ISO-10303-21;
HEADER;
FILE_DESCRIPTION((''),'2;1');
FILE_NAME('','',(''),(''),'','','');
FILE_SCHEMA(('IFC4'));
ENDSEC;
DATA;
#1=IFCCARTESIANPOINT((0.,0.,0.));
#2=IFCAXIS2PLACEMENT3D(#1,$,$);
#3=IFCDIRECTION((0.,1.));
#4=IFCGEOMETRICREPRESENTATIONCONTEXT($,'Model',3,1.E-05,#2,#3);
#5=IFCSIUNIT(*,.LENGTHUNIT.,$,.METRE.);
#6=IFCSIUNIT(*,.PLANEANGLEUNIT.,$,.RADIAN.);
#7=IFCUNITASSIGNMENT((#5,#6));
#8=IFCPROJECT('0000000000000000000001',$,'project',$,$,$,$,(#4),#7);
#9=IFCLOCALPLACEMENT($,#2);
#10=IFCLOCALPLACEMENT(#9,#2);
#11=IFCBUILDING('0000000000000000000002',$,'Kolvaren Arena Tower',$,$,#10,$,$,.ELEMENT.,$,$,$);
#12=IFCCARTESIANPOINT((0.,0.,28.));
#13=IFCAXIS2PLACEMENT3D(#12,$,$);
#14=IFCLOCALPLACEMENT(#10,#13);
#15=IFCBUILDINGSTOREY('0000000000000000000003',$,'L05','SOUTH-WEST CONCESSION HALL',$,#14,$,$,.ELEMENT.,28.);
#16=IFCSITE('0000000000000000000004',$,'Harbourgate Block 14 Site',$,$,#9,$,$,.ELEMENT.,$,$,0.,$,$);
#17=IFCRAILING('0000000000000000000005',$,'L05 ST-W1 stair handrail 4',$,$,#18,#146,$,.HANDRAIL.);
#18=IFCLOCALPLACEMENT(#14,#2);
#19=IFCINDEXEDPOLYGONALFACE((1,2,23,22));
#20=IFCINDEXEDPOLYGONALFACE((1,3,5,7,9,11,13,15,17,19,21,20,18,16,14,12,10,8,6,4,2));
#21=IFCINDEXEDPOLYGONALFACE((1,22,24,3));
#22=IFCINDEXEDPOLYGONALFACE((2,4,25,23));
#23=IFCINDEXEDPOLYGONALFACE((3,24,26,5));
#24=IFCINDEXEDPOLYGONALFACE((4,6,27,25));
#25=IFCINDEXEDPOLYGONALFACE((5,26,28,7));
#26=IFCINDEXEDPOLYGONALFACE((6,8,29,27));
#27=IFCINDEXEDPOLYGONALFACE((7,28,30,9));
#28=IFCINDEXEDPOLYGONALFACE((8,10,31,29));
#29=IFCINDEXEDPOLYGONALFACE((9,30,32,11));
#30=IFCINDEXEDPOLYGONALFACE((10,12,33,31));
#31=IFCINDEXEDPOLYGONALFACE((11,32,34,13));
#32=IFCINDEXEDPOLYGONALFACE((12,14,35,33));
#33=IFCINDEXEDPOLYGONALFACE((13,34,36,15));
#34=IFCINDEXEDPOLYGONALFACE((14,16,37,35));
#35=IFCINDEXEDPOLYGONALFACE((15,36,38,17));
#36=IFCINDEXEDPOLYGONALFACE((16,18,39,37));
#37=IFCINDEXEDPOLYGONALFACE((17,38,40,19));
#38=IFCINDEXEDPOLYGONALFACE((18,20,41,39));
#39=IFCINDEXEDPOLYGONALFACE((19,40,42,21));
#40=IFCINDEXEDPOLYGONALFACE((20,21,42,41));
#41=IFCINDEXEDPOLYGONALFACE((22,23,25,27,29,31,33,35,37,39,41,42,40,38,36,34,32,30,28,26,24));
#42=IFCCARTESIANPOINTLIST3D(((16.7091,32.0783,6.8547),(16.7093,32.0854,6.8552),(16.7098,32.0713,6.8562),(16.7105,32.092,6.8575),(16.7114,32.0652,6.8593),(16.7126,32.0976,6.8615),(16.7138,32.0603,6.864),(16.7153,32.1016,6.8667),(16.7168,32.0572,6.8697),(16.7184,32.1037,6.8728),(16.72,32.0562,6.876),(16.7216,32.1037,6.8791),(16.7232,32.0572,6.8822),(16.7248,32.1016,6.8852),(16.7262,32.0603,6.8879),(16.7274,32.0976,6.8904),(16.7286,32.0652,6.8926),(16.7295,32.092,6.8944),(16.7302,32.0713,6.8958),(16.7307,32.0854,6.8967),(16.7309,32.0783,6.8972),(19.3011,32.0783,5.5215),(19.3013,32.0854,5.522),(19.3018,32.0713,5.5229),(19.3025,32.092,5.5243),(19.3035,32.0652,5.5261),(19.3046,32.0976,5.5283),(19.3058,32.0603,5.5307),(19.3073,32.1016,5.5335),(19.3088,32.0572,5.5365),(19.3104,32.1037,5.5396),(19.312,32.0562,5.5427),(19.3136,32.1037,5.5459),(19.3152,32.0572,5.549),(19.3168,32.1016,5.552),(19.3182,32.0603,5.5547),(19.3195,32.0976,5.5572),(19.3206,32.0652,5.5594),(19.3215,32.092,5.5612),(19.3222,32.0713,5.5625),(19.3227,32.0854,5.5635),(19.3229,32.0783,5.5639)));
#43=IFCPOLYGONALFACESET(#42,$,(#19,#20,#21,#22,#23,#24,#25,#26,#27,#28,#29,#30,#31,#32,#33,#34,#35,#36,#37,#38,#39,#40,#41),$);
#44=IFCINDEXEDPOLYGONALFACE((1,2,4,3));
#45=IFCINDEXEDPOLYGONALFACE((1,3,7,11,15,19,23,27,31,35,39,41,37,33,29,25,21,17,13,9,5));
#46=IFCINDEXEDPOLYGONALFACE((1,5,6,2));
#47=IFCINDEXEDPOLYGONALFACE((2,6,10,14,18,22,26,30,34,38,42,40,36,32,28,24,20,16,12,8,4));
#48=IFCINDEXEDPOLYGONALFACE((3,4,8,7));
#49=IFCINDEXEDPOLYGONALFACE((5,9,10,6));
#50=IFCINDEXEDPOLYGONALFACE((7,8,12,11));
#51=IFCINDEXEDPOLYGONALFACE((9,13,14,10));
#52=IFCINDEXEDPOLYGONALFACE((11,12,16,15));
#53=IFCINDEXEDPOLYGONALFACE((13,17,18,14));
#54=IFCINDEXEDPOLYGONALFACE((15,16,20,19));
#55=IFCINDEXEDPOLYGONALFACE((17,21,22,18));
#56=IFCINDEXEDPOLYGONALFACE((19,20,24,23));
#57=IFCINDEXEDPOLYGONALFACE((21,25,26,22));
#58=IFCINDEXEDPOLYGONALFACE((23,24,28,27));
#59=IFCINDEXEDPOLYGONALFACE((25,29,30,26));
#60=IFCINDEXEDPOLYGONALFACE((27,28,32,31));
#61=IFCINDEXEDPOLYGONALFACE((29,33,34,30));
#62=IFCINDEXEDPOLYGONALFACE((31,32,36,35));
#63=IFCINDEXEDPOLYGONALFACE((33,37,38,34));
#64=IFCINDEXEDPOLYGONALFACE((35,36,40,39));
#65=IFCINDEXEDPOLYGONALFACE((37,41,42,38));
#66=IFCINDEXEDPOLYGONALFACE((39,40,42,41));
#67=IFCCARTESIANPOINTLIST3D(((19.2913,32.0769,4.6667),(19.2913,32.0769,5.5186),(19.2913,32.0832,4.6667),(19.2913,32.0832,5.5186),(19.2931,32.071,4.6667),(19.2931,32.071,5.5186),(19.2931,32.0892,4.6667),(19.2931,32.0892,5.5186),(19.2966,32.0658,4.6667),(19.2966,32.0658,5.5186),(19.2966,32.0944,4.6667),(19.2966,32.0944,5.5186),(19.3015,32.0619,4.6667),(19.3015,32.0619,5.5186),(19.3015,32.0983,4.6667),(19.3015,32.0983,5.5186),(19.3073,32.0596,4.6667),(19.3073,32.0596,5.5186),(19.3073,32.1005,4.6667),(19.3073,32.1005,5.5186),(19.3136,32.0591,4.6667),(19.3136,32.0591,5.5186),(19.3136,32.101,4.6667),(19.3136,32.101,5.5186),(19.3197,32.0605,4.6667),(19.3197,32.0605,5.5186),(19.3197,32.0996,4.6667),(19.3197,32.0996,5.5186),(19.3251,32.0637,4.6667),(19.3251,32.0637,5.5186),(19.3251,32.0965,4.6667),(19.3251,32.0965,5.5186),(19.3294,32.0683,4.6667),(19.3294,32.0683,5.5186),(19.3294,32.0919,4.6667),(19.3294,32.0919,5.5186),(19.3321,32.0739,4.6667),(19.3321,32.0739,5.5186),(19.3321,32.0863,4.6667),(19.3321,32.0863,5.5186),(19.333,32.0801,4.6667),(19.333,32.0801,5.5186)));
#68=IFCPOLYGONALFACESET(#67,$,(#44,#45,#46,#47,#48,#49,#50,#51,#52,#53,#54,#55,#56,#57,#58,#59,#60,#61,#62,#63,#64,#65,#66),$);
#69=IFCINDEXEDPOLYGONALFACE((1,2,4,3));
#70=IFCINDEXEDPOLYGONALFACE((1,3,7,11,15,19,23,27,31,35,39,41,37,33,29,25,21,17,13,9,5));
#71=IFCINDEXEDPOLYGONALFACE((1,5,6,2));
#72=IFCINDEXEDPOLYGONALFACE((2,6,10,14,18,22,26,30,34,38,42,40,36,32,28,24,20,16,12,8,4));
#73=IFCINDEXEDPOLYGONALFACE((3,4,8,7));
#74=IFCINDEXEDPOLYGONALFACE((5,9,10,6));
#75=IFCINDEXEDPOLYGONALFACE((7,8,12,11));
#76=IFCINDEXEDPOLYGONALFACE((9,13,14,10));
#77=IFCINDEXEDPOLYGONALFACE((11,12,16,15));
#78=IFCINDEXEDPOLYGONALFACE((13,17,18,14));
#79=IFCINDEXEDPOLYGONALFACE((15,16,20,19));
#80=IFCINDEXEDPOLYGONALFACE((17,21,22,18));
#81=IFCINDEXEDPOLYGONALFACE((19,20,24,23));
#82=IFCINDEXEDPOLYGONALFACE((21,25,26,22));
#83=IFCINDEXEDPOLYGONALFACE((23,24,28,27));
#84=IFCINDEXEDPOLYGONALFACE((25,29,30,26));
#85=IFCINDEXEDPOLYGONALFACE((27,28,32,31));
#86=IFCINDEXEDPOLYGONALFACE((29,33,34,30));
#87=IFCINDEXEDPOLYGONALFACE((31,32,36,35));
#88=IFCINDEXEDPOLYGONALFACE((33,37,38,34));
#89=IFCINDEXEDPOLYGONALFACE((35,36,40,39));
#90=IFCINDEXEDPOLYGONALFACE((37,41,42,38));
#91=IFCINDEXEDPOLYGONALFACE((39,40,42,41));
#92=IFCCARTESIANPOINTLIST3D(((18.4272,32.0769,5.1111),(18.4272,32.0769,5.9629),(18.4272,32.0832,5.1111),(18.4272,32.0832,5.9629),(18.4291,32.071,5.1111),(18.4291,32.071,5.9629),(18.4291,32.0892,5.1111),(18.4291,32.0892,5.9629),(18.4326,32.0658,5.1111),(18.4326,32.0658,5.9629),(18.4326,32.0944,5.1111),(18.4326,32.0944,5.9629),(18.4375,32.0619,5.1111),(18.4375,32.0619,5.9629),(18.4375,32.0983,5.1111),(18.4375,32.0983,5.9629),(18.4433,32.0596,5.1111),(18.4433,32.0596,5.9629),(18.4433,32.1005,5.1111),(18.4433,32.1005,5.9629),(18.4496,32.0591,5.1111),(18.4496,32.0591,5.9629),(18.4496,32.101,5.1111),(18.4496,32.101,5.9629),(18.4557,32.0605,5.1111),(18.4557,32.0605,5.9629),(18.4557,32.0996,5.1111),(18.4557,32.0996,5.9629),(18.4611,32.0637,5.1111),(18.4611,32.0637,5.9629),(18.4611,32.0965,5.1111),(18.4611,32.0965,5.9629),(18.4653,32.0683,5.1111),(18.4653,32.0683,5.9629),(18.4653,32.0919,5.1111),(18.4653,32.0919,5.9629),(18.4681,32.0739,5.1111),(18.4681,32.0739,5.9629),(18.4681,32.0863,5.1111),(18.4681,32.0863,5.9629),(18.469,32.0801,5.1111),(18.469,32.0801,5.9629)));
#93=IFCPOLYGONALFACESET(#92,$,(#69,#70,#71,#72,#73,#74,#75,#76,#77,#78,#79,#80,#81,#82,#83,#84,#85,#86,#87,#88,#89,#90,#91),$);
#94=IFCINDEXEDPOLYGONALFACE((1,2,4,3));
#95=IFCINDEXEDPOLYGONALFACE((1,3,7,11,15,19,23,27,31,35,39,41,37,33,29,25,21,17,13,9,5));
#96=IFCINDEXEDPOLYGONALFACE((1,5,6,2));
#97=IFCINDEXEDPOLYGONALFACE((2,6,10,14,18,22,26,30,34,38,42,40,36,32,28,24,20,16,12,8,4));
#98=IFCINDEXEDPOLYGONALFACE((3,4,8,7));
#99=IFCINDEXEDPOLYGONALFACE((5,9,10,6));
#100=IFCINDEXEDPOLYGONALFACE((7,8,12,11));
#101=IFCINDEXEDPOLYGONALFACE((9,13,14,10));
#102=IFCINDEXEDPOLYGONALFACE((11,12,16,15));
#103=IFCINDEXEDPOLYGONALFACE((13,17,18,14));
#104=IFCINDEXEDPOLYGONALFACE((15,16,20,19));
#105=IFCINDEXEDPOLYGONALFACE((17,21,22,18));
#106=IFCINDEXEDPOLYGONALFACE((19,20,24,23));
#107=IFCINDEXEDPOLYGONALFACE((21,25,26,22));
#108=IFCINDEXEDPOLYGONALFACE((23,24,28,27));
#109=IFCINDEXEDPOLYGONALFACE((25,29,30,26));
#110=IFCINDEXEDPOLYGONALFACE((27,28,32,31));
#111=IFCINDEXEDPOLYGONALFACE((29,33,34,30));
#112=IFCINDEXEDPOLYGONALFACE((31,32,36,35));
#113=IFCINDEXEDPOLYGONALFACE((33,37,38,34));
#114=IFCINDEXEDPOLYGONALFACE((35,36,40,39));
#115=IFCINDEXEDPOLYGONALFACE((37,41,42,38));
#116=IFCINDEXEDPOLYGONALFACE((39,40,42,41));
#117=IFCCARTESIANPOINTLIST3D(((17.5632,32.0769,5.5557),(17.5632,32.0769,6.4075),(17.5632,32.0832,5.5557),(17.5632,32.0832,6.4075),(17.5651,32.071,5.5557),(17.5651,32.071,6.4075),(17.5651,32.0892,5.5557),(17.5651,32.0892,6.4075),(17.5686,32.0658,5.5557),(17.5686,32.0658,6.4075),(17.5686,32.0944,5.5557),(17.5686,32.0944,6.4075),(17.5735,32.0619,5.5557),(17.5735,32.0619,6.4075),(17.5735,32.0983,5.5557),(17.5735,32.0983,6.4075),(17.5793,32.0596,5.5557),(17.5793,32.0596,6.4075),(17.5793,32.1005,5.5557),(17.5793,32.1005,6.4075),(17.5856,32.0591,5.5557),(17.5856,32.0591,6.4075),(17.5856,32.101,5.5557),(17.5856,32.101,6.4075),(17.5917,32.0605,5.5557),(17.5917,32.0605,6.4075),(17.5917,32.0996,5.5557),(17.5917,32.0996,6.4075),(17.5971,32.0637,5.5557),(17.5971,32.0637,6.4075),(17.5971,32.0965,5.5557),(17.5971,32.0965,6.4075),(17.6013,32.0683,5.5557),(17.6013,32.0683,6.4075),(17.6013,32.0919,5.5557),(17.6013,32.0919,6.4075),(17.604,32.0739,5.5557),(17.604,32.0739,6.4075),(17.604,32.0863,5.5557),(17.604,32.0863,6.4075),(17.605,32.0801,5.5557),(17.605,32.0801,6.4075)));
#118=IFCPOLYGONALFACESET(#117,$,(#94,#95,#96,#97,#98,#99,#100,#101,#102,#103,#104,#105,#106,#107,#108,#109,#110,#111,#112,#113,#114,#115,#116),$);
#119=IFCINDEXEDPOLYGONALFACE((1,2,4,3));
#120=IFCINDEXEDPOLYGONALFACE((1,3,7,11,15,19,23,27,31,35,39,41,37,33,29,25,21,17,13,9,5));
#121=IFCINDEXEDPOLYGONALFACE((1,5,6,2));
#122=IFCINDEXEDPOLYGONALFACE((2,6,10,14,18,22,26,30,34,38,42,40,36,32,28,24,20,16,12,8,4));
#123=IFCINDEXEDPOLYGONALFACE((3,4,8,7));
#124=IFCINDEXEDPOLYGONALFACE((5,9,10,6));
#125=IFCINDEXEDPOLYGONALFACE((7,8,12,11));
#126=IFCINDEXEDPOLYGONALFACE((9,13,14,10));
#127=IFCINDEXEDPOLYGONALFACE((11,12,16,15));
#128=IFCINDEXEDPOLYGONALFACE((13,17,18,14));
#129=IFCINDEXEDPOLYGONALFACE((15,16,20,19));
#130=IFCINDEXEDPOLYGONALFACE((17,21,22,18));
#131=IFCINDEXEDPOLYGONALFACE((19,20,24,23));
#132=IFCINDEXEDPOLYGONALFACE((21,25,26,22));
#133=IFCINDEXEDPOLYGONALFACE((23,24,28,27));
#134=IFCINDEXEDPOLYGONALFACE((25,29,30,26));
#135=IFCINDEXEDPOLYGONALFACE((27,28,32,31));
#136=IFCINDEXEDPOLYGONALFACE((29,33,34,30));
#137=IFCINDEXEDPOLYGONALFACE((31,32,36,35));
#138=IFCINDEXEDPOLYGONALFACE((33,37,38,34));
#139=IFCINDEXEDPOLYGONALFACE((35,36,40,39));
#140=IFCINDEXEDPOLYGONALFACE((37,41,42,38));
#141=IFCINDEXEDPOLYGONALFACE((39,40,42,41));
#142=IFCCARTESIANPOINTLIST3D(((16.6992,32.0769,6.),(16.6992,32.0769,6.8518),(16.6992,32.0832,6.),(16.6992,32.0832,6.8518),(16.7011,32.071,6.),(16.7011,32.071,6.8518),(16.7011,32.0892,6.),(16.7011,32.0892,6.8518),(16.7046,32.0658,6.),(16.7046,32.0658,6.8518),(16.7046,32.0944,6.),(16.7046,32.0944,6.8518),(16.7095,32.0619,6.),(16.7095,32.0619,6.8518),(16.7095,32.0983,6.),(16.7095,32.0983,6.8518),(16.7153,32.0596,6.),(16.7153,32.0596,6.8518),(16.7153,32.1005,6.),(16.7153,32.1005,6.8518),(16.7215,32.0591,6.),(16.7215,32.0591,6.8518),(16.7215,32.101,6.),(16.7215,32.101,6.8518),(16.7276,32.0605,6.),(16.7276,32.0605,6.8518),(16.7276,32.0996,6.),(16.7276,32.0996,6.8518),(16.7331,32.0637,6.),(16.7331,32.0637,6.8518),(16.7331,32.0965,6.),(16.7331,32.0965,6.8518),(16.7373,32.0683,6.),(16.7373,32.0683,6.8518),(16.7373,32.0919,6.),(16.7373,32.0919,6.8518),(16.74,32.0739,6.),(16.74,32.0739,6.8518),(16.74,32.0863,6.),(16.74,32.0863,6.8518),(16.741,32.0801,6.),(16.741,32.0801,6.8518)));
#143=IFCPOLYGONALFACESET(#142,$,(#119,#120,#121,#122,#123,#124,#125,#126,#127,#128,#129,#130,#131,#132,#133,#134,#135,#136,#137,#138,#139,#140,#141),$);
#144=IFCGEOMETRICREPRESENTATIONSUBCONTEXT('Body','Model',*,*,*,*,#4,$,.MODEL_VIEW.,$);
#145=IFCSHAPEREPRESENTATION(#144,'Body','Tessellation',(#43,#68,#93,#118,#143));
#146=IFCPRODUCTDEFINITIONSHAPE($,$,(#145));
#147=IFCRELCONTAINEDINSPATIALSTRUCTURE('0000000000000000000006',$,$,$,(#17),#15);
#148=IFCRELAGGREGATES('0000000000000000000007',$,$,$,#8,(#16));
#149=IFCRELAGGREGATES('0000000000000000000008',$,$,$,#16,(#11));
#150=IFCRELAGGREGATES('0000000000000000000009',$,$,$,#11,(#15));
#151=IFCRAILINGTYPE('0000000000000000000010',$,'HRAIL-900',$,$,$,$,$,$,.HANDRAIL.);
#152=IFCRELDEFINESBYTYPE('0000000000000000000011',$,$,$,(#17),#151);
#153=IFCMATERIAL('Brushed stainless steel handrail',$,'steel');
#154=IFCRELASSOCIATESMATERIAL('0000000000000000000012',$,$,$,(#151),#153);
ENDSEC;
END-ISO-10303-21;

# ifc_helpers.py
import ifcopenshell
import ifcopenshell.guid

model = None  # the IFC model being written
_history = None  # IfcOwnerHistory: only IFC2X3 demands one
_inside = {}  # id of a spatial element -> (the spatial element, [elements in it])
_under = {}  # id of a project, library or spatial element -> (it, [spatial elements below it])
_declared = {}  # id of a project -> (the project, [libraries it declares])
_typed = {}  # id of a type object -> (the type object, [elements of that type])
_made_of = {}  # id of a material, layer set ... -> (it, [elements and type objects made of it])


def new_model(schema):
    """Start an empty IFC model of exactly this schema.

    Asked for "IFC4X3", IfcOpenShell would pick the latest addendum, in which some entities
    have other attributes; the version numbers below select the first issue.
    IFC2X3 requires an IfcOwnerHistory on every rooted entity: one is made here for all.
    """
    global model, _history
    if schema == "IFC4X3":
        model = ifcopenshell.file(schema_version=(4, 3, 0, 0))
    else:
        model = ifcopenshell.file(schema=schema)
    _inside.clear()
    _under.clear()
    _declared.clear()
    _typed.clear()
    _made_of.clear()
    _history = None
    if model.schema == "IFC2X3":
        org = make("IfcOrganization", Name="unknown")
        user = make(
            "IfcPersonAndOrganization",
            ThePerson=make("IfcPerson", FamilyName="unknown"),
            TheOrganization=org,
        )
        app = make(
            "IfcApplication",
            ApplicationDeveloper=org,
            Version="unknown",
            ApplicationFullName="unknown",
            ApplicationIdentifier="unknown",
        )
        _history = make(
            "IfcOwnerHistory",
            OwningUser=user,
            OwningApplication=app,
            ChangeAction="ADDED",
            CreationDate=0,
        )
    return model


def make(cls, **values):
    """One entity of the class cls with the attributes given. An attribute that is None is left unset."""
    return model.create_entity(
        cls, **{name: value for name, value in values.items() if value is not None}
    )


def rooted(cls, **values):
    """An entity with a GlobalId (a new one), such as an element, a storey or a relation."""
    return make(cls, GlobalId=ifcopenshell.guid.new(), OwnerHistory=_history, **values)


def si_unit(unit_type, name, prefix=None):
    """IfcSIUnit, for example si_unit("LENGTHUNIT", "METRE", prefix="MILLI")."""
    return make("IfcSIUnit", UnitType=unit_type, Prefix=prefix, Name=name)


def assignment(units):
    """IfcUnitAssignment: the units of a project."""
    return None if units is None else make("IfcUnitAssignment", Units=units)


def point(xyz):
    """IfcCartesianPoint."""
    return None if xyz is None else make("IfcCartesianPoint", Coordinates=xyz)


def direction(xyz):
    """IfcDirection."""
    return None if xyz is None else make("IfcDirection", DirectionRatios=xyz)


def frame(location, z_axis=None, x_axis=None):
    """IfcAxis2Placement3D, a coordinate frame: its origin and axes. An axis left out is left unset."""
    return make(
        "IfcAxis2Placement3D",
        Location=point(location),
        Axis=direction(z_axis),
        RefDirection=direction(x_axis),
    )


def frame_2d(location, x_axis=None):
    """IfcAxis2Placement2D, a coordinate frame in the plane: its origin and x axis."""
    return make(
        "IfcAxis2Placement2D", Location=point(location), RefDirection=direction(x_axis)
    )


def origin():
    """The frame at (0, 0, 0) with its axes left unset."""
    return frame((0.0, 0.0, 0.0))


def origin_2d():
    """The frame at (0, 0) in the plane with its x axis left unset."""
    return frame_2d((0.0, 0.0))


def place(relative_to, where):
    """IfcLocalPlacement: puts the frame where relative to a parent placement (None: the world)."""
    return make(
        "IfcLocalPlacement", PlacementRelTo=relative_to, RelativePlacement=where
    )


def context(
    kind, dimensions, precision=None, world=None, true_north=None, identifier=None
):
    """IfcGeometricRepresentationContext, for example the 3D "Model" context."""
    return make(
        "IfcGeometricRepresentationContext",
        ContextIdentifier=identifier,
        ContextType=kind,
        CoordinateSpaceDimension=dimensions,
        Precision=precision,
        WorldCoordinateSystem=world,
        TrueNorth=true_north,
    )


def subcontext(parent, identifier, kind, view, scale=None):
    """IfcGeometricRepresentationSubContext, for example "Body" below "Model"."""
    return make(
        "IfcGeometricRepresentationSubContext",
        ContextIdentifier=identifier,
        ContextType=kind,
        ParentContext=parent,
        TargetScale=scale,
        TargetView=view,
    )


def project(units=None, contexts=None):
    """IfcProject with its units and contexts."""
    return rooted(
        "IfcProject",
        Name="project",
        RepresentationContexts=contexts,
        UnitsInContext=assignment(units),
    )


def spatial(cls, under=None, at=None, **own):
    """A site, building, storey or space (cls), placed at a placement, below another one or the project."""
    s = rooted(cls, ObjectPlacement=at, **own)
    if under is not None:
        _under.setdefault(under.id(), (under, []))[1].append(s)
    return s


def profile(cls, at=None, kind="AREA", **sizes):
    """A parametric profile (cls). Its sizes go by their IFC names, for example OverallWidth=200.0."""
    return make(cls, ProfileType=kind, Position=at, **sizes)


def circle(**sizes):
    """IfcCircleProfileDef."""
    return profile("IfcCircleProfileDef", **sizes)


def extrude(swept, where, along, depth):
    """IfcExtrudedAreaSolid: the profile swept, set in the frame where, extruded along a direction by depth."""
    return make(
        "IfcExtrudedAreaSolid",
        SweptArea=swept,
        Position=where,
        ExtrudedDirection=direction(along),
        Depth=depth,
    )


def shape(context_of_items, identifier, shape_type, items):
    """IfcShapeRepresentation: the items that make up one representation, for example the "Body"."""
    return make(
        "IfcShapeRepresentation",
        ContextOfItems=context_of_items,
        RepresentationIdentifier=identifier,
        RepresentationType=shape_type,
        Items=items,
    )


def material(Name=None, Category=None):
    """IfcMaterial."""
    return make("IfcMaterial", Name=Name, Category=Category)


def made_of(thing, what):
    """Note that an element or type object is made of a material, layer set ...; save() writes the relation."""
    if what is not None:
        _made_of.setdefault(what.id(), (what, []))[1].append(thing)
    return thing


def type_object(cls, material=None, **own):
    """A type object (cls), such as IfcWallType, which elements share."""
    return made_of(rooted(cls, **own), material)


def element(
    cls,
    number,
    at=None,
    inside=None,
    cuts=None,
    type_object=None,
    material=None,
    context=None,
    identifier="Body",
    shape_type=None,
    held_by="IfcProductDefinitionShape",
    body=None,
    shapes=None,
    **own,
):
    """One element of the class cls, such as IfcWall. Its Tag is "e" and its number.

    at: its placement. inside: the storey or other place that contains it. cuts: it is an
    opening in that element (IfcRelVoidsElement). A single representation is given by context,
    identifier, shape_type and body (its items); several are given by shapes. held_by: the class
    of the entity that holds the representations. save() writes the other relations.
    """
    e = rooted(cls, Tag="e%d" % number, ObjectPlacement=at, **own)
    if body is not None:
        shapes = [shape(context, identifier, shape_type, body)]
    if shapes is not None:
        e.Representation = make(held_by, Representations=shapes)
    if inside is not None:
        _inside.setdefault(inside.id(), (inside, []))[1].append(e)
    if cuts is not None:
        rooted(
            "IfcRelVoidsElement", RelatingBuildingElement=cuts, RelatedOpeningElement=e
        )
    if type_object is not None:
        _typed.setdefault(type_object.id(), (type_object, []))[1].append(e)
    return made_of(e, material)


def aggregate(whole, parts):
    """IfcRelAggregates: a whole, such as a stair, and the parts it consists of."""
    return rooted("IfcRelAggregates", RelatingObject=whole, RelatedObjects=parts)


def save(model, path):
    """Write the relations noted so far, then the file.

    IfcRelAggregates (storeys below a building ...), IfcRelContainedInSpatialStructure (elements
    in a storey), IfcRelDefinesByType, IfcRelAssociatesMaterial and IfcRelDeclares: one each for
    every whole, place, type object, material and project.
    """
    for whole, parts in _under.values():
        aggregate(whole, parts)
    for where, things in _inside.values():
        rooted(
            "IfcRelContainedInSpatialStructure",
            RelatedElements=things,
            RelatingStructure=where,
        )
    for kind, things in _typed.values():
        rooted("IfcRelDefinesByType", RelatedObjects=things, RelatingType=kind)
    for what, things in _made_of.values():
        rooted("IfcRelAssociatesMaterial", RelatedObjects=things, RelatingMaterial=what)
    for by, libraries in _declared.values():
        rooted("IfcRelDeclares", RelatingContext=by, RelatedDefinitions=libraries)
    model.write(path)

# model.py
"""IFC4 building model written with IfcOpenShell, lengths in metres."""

from ifc_helpers import new_model, si_unit, direction, frame, origin, origin_2d, place, context, subcontext, project, spatial, circle, extrude, material, type_object, element, save


model = new_model("IFC4")

# Units and contexts
model_context = context("Model", 3, precision=1e-05, world=origin(), true_north=direction((0.0, 1.0)))
body_context = subcontext(model_context, "Body", "Model", "MODEL_VIEW")
ifc_project = project(units=[si_unit("LENGTHUNIT", "METRE"), si_unit("PLANEANGLEUNIT", "RADIAN")], contexts=[model_context])

# Site, building, storey
site_placement = place(None, origin())
site = spatial("IfcSite", under=ifc_project, at=site_placement, Name="Harbourgate Block 14 Site", CompositionType="ELEMENT", RefElevation=0.0)
building_placement = place(site_placement, origin())
building = spatial("IfcBuilding", under=site, at=building_placement, Name="Kolvaren Arena Tower", CompositionType="ELEMENT")
storey_placement = place(building_placement, frame((0.0, 0.0, 28.0)))
storey = spatial("IfcBuildingStorey", under=building, at=storey_placement, Name="L05", Description="SOUTH-WEST CONCESSION HALL", CompositionType="ELEMENT", Elevation=28.0)

# Railing
ifc_material_1 = material(Name="Brushed stainless steel handrail", Category="steel")
railing_type_1 = type_object("IfcRailingType", Name="HRAIL-900", PredefinedType="HANDRAIL", material=ifc_material_1)
railing_1_placement = place(storey_placement, frame((19.312, 32.0801, 4.6667)))
element("IfcRailing", 1, at=railing_1_placement, inside=storey, type_object=railing_type_1, Name="L05 ST-W1 stair handrail 4", PredefinedType="HANDRAIL", context=body_context, shape_type="SweptSolid", body=[
    extrude(circle(Radius=0.0239, at=origin_2d()), frame((0.0, 0.0, 0.876), z_axis=(-0.88926, 0.0, 0.457403), x_axis=(0.0, -1.0, 0.0)), (0.0, 0.0, 1.0), 2.9148),
    extrude(circle(Radius=0.021, at=origin_2d()), origin(), (0.0, 0.0, 1.0), 0.8518),
    extrude(circle(Radius=0.021, at=origin_2d()), frame((-0.864, 0.0, 0.4443)), (0.0, 0.0, 1.0), 0.8518),
    extrude(circle(Radius=0.021, at=origin_2d()), frame((-1.728, 0.0, 0.8889)), (0.0, 0.0, 1.0), 0.8518),
    extrude(circle(Radius=0.021, at=origin_2d()), frame((-2.592, 0.0, 1.3333)), (0.0, 0.0, 1.0), 0.8518),
])

save(model, "model.ifc")
